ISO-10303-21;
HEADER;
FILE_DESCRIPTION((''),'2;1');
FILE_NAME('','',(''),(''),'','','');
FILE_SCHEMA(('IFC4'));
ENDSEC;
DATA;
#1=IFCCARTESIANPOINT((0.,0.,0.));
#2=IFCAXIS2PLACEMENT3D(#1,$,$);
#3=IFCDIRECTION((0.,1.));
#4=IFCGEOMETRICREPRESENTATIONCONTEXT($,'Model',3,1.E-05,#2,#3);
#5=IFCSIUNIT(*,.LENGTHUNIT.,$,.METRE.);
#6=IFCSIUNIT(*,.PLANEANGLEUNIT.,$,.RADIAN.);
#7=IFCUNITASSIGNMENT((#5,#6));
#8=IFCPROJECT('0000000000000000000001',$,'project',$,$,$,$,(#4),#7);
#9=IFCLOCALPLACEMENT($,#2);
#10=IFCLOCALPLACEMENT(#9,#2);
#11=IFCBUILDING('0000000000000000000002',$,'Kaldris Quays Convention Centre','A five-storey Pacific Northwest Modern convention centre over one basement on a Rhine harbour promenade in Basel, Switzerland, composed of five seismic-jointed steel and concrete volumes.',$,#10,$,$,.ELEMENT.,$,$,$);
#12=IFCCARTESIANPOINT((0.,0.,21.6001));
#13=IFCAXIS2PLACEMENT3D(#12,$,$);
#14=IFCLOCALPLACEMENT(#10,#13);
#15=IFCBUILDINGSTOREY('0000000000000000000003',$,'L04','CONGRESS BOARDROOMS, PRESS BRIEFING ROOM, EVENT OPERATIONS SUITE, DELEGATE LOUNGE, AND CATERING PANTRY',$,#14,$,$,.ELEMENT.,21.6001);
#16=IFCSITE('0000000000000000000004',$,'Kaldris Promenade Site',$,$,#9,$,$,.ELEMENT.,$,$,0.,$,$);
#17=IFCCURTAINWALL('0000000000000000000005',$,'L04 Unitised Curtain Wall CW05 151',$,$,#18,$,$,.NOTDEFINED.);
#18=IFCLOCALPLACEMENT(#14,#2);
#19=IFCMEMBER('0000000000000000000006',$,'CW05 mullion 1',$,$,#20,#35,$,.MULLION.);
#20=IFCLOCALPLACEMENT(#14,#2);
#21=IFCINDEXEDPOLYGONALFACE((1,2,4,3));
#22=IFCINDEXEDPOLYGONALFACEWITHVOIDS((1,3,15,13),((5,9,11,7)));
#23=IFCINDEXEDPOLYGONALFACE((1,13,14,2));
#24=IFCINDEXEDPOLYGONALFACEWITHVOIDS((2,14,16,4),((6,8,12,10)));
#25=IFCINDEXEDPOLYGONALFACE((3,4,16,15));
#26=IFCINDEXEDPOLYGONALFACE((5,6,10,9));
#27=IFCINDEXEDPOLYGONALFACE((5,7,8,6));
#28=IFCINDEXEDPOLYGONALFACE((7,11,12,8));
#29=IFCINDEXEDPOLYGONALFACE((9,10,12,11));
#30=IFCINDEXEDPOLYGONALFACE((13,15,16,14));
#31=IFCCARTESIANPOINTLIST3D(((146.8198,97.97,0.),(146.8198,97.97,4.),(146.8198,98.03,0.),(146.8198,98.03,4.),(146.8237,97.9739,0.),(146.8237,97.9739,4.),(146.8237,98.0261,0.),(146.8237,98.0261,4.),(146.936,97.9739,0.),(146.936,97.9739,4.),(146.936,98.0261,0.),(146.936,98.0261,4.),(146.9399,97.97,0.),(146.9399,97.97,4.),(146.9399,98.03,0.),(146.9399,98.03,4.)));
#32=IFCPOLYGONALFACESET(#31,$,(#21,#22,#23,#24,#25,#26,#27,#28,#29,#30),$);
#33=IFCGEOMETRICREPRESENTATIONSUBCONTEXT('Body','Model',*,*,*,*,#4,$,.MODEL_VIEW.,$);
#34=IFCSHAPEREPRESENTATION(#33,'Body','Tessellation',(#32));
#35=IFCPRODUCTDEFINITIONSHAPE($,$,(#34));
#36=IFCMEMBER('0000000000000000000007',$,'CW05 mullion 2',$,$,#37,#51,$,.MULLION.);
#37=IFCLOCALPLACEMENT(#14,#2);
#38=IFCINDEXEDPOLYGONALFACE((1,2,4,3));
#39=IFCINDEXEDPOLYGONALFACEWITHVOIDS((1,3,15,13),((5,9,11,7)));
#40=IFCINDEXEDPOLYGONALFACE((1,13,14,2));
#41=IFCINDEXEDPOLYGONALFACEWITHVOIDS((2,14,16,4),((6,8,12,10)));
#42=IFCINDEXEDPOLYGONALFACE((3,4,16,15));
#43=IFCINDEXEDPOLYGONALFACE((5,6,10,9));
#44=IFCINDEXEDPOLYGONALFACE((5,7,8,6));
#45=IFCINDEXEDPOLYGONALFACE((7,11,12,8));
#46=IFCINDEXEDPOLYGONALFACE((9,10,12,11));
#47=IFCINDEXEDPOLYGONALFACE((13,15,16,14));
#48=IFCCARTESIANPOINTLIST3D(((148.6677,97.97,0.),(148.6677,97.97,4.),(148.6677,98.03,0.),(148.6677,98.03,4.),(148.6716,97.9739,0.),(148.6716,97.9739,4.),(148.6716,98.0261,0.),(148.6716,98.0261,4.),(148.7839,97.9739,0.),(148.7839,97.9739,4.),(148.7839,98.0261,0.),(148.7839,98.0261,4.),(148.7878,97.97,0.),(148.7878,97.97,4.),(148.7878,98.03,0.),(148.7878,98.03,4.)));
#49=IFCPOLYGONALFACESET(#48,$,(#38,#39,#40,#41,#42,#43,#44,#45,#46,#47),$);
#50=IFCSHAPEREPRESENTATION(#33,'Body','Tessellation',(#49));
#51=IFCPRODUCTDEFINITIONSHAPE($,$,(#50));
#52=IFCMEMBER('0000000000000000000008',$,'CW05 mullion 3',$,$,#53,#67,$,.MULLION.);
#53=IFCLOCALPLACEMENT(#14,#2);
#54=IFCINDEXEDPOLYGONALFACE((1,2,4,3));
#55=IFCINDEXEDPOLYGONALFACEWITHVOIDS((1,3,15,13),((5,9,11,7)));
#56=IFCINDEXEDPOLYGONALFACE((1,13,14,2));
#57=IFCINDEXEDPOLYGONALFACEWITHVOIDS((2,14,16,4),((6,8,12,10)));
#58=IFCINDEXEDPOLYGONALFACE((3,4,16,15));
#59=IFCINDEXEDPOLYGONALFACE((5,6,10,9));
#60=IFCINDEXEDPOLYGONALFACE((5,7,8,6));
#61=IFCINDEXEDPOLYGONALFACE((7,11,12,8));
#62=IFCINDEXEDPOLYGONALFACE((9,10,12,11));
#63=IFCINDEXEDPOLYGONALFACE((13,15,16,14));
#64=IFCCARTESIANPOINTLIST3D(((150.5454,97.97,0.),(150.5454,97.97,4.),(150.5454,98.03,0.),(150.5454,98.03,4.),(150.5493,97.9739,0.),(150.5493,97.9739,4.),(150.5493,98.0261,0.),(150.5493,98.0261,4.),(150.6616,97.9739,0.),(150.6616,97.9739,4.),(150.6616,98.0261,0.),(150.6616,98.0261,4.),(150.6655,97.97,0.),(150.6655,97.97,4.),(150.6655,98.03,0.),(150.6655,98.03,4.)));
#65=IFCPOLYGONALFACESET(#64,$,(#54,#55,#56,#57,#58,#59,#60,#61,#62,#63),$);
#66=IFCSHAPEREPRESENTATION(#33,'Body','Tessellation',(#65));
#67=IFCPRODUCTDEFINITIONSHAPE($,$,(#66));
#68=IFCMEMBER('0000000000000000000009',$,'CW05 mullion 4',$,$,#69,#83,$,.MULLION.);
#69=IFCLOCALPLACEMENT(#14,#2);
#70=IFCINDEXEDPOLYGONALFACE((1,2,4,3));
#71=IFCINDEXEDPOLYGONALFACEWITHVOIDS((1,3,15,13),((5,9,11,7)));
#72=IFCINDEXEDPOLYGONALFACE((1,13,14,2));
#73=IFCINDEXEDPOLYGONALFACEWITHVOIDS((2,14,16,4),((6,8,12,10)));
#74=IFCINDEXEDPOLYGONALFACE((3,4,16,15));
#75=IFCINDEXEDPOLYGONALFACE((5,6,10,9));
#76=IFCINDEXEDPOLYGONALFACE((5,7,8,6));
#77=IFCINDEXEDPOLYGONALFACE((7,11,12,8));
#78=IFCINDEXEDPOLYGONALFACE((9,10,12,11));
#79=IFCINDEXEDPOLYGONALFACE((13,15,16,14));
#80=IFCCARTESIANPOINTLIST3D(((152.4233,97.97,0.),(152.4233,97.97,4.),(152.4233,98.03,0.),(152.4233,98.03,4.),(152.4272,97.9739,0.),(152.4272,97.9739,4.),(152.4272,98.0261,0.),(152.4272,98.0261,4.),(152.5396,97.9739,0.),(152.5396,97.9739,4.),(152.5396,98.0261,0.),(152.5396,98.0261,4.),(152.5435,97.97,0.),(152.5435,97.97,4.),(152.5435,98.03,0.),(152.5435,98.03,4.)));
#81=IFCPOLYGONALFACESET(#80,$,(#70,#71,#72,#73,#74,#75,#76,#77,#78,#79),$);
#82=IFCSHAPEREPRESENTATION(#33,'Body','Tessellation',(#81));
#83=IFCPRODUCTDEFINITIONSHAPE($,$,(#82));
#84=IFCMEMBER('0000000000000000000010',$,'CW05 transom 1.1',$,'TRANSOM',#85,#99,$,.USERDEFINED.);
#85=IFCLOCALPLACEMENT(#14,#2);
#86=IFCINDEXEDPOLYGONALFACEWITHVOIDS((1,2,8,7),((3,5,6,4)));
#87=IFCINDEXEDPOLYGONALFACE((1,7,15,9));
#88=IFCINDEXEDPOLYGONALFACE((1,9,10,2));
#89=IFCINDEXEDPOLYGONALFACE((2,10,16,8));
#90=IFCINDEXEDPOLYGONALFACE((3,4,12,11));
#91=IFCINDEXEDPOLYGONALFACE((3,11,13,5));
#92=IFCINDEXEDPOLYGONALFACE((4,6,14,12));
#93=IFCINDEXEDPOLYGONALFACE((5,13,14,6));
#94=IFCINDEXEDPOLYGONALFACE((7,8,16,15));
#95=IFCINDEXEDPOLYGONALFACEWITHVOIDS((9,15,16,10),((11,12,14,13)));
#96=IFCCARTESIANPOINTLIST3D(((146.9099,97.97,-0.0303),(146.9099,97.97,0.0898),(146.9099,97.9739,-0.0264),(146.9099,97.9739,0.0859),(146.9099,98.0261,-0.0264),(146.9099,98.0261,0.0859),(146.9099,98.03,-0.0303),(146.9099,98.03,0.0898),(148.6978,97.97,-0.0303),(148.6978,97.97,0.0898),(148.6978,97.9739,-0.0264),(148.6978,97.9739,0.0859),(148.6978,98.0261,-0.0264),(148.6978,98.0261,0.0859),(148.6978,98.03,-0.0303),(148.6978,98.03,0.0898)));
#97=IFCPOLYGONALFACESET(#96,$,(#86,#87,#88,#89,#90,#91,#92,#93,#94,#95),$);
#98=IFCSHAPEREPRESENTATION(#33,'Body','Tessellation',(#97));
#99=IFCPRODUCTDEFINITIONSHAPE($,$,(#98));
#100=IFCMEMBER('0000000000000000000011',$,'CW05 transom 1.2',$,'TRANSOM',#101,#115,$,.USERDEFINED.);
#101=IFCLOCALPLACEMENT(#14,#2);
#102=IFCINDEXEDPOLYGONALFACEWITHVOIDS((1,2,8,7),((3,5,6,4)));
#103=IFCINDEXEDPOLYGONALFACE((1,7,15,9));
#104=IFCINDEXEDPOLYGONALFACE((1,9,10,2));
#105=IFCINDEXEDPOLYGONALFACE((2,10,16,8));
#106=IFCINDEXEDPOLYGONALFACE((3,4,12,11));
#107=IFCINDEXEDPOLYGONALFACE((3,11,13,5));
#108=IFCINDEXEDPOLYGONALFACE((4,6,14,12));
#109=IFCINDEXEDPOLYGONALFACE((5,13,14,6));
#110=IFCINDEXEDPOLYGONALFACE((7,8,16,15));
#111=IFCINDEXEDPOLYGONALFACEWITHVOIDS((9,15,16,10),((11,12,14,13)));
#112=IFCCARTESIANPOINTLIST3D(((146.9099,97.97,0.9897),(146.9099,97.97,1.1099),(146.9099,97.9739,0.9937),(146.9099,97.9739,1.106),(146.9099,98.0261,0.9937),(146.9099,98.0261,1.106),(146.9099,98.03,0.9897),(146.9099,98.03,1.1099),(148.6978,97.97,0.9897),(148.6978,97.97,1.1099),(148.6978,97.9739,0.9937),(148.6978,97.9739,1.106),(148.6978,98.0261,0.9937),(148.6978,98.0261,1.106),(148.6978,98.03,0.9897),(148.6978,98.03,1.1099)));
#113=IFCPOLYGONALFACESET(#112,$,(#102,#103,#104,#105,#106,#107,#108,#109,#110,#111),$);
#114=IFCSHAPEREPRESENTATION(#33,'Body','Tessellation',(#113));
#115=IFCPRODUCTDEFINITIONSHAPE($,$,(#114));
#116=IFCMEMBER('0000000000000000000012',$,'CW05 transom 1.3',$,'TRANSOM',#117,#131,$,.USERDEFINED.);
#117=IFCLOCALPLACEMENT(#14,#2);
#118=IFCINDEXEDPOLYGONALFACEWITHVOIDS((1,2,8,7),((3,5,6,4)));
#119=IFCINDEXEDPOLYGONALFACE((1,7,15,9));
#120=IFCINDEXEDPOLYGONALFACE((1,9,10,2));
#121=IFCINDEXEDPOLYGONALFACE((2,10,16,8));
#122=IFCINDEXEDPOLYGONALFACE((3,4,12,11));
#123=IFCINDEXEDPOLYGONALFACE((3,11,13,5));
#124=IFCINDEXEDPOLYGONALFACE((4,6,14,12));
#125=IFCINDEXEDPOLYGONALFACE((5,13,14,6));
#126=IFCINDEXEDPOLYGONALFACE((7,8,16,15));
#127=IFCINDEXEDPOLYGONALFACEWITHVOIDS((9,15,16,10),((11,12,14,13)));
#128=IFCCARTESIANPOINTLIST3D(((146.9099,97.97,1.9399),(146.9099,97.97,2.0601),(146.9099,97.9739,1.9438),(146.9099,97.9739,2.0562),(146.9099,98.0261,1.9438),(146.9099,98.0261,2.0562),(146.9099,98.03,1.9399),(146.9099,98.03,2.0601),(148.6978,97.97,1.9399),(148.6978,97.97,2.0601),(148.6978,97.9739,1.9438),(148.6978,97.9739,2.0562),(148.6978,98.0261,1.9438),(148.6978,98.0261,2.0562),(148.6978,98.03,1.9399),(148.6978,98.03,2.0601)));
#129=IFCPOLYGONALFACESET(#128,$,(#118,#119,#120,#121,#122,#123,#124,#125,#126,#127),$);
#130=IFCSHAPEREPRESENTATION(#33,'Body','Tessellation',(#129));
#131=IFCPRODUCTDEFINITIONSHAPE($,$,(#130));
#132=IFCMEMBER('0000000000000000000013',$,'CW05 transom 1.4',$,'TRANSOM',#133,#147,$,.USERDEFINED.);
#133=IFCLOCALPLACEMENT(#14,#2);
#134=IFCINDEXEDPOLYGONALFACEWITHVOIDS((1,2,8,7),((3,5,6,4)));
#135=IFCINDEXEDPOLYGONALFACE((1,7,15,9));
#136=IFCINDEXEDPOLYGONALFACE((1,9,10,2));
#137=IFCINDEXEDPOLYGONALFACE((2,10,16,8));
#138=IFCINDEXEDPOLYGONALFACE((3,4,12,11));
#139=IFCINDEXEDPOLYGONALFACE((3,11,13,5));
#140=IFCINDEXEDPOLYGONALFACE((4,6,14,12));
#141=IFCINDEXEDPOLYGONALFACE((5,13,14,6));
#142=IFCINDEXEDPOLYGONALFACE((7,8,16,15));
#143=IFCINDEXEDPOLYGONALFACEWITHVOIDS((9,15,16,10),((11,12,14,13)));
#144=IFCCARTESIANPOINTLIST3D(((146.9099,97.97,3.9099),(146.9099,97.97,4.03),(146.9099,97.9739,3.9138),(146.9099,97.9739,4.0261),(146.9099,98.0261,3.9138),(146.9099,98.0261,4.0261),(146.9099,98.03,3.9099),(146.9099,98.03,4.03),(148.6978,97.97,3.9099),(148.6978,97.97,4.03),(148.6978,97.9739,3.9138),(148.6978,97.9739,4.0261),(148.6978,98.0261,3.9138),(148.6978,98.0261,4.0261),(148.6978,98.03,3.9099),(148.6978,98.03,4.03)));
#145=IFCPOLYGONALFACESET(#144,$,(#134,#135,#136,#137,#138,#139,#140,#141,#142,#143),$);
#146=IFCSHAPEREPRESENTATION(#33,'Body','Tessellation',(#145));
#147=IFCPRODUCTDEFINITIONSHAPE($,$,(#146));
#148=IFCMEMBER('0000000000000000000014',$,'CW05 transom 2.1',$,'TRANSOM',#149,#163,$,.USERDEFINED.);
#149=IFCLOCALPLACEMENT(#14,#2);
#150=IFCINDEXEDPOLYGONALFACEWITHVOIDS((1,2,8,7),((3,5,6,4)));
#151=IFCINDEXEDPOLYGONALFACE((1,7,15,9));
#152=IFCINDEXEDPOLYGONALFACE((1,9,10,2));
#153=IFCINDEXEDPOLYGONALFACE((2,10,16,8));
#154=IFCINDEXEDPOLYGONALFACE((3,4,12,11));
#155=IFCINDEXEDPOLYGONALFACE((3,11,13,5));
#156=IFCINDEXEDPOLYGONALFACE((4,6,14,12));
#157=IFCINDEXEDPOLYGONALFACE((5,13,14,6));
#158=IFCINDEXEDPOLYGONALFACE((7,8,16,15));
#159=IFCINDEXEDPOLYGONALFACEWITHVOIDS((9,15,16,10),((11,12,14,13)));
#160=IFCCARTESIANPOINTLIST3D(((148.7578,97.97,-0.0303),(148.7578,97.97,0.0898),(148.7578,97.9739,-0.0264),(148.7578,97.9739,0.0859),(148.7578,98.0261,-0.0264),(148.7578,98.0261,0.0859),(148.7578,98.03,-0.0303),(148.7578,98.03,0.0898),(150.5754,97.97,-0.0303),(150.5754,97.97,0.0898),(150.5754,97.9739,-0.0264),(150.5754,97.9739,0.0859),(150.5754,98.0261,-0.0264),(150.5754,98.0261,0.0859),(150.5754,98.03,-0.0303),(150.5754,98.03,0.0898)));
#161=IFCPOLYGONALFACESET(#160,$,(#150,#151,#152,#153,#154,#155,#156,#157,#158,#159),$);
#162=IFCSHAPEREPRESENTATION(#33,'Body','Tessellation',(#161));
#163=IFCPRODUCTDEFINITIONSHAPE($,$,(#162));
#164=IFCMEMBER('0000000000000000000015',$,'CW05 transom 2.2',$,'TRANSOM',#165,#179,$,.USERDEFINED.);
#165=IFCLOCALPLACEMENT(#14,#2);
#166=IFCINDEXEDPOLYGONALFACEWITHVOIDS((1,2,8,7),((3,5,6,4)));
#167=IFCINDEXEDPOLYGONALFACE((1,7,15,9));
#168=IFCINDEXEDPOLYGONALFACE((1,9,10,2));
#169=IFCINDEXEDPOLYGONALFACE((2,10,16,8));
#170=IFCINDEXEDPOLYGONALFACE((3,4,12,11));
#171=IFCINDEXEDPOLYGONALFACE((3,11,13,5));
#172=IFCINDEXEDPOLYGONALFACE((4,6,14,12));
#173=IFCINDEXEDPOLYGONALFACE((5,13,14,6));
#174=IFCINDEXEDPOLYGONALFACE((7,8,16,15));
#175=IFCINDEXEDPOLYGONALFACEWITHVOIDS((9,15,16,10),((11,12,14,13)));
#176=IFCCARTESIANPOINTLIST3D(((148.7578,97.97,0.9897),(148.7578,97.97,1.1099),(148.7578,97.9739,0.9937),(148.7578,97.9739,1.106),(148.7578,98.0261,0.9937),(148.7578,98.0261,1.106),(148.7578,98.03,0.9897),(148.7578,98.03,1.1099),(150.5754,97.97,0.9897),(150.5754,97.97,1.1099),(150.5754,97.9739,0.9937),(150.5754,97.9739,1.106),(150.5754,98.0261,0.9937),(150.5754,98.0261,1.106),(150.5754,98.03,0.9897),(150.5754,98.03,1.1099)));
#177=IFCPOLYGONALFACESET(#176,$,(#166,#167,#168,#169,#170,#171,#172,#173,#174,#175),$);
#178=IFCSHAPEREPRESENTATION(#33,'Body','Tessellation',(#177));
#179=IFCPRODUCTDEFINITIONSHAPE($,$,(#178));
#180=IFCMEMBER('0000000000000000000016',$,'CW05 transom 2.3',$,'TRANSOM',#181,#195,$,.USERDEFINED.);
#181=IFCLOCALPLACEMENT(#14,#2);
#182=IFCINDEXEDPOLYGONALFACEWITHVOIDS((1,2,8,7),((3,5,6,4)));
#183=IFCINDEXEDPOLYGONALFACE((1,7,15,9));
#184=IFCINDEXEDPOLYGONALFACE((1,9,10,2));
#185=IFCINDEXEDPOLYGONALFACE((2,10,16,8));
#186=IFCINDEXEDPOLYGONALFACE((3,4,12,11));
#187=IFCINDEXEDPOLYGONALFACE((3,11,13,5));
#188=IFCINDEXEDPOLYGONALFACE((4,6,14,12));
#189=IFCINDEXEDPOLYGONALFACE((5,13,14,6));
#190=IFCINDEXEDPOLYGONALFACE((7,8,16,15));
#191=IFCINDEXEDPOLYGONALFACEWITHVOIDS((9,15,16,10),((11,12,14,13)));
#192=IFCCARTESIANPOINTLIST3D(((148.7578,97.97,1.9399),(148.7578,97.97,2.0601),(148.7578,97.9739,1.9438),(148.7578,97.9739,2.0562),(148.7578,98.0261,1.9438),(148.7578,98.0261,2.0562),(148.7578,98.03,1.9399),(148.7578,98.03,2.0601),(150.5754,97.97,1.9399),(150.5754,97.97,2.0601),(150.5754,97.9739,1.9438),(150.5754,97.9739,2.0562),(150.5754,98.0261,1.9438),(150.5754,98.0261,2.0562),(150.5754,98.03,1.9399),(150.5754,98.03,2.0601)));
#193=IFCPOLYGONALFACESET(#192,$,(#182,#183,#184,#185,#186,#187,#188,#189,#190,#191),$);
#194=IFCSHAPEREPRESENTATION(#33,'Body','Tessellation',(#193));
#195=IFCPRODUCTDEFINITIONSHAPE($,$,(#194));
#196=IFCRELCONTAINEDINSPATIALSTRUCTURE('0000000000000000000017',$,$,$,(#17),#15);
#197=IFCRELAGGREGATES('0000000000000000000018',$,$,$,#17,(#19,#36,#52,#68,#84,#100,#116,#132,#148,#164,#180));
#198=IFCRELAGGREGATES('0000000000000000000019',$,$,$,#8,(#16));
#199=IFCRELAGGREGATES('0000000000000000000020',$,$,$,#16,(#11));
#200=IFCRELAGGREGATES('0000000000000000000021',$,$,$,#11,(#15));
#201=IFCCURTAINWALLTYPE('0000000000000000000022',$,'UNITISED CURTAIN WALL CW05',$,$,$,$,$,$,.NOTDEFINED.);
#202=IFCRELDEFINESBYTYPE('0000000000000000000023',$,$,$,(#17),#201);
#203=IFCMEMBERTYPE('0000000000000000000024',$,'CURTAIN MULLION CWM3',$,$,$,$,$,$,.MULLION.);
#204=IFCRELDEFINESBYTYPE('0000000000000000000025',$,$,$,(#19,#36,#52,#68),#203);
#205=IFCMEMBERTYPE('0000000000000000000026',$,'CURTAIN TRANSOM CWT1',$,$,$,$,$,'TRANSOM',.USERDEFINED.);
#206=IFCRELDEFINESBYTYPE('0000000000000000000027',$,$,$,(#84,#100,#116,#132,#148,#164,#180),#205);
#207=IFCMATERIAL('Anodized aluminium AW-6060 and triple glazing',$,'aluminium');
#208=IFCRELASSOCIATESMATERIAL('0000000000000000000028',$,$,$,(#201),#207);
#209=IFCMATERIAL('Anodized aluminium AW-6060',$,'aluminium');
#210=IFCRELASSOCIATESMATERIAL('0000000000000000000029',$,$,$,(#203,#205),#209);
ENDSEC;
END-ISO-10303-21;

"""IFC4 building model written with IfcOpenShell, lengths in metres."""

from ifc_helpers import new_model, si_unit, direction, frame, origin, origin_2d, place, context, subcontext, project, spatial, hollow_rectangle, extrude, material, material_profile, profile_set, type_object, element, aggregate, save


model = new_model("IFC4")

# Units and contexts
model_context = context("Model", 3, precision=1e-05, world=origin(), true_north=direction((0.0, 1.0)))
body_context = subcontext(model_context, "Body", "Model", "MODEL_VIEW")
ifc_project = project(units=[si_unit("LENGTHUNIT", "METRE"), si_unit("PLANEANGLEUNIT", "RADIAN")], contexts=[model_context])

# Site, building, storey
site_placement = place(None, origin())
site = spatial("IfcSite", under=ifc_project, at=site_placement, Name="Kaldris Promenade Site", CompositionType="ELEMENT", RefElevation=0.0)
building_placement = place(site_placement, origin())
building = spatial("IfcBuilding", under=site, at=building_placement, Name="Kaldris Quays Convention Centre", Description="A five-storey Pacific Northwest Modern convention centre over one basement on a Rhine harbour promenade in Basel, Switzerland, composed of five seismic-jointed steel and concrete volumes.", CompositionType="ELEMENT")
storey_placement = place(building_placement, frame((0.0, 0.0, 21.6001)))
storey = spatial("IfcBuildingStorey", under=building, at=storey_placement, Name="L04", Description="CONGRESS BOARDROOMS, PRESS BRIEFING ROOM, EVENT OPERATIONS SUITE, DELEGATE LOUNGE, AND CATERING PANTRY", CompositionType="ELEMENT", Elevation=21.6001)

# Curtain wall, members
ifc_material_1 = material(Name="Anodized aluminium AW-6060 and triple glazing", Category="aluminium")
curtain_wall_type = type_object("IfcCurtainWallType", Name="UNITISED CURTAIN WALL CW05", PredefinedType="NOTDEFINED", material=ifc_material_1)
curtain_wall_placement = place(storey_placement, origin())
curtain_wall = element("IfcCurtainWall", 1, at=curtain_wall_placement, inside=storey, type_object=curtain_wall_type, Name="L04 Unitised Curtain Wall CW05 151", PredefinedType="NOTDEFINED")
ifc_material_2 = material(Name="Anodized aluminium AW-6060", Category="aluminium")
ifc_material_profile_1 = material_profile(ifc_material_2, hollow_rectangle(XDim=0.0601, YDim=0.1201, WallThickness=0.0039, at=origin_2d()), Name="RHS 120x60x4")
ifc_profile_set_1 = profile_set([ifc_material_profile_1], Name="Anodized aluminium AW-6060")
member_type_1 = type_object("IfcMemberType", Name="CURTAIN MULLION CWM3", PredefinedType="MULLION", material=ifc_profile_set_1)
member_1_placement = place(storey_placement, frame((146.8799, 98.0, 0.0), z_axis=(0.0, 0.0, 1.0), x_axis=(0.0, 1.0, 0.0)))
member_1 = element("IfcMember", 2, at=member_1_placement, type_object=member_type_1, Name="CW05 mullion 1", PredefinedType="MULLION", context=body_context, shape_type="SweptSolid", body=[
    extrude(hollow_rectangle(XDim=0.0601, YDim=0.1201, WallThickness=0.0039, at=origin_2d()), origin(), (0.0, 0.0, 1.0), 4.0),
])
member_2_placement = place(storey_placement, frame((148.7278, 98.0, 0.0), z_axis=(0.0, 0.0, 1.0), x_axis=(0.0, 1.0, 0.0)))
member_2 = element("IfcMember", 3, at=member_2_placement, type_object=member_type_1, Name="CW05 mullion 2", PredefinedType="MULLION", context=body_context, shape_type="SweptSolid", body=[
    extrude(hollow_rectangle(XDim=0.0601, YDim=0.1201, WallThickness=0.0039, at=origin_2d()), origin(), (0.0, 0.0, 1.0), 4.0),
])
member_3_placement = place(storey_placement, frame((150.6055, 98.0, 0.0), z_axis=(0.0, 0.0, 1.0), x_axis=(0.0, 1.0, 0.0)))
member_3 = element("IfcMember", 4, at=member_3_placement, type_object=member_type_1, Name="CW05 mullion 3", PredefinedType="MULLION", context=body_context, shape_type="SweptSolid", body=[
    extrude(hollow_rectangle(XDim=0.0601, YDim=0.1201, WallThickness=0.0039, at=origin_2d()), origin(), (0.0, 0.0, 1.0), 4.0),
])
member_4_placement = place(storey_placement, frame((152.4834, 98.0, 0.0), z_axis=(0.0, 0.0, 1.0), x_axis=(0.0, 1.0, 0.0)))
member_4 = element("IfcMember", 5, at=member_4_placement, type_object=member_type_1, Name="CW05 mullion 4", PredefinedType="MULLION", context=body_context, shape_type="SweptSolid", body=[
    extrude(hollow_rectangle(XDim=0.0601, YDim=0.1201, WallThickness=0.0039, at=origin_2d()), origin(), (0.0, 0.0, 1.0), 4.0),
])
ifc_material_profile_2 = material_profile(ifc_material_2, hollow_rectangle(XDim=0.0601, YDim=0.1201, WallThickness=0.0039, at=origin_2d()), Name="RHS 120x60x4")
ifc_profile_set_2 = profile_set([ifc_material_profile_2], Name="Anodized aluminium AW-6060")
member_type_2 = type_object("IfcMemberType", Name="CURTAIN TRANSOM CWT1", ElementType="TRANSOM", PredefinedType="USERDEFINED", material=ifc_profile_set_2)
member_5_placement = place(storey_placement, frame((146.9099, 98.0, 0.0298), z_axis=(1.0, 0.0, 0.0), x_axis=(0.0, 1.0, 0.0)))
member_5 = element("IfcMember", 6, at=member_5_placement, type_object=member_type_2, Name="CW05 transom 1.1", ObjectType="TRANSOM", PredefinedType="USERDEFINED", context=body_context, shape_type="SweptSolid", body=[
    extrude(hollow_rectangle(XDim=0.0601, YDim=0.1201, WallThickness=0.0039, at=origin_2d()), origin(), (0.0, 0.0, 1.0), 1.7878),
])
member_6_placement = place(storey_placement, frame((146.9099, 98.0, 1.0498), z_axis=(1.0, 0.0, 0.0), x_axis=(0.0, 1.0, 0.0)))
member_6 = element("IfcMember", 7, at=member_6_placement, type_object=member_type_2, Name="CW05 transom 1.2", ObjectType="TRANSOM", PredefinedType="USERDEFINED", context=body_context, shape_type="SweptSolid", body=[
    extrude(hollow_rectangle(XDim=0.0601, YDim=0.1201, WallThickness=0.0039, at=origin_2d()), origin(), (0.0, 0.0, 1.0), 1.7878),
])
member_7_placement = place(storey_placement, frame((146.9099, 98.0, 2.0), z_axis=(1.0, 0.0, 0.0), x_axis=(0.0, 1.0, 0.0)))
member_7 = element("IfcMember", 8, at=member_7_placement, type_object=member_type_2, Name="CW05 transom 1.3", ObjectType="TRANSOM", PredefinedType="USERDEFINED", context=body_context, shape_type="SweptSolid", body=[
    extrude(hollow_rectangle(XDim=0.0601, YDim=0.1201, WallThickness=0.0039, at=origin_2d()), origin(), (0.0, 0.0, 1.0), 1.7878),
])
member_8_placement = place(storey_placement, frame((146.9099, 98.0, 3.97), z_axis=(1.0, 0.0, 0.0), x_axis=(0.0, 1.0, 0.0)))
member_8 = element("IfcMember", 9, at=member_8_placement, type_object=member_type_2, Name="CW05 transom 1.4", ObjectType="TRANSOM", PredefinedType="USERDEFINED", context=body_context, shape_type="SweptSolid", body=[
    extrude(hollow_rectangle(XDim=0.0601, YDim=0.1201, WallThickness=0.0039, at=origin_2d()), origin(), (0.0, 0.0, 1.0), 1.7878),
])
member_9_placement = place(storey_placement, frame((148.7578, 98.0, 0.0298), z_axis=(1.0, 0.0, 0.0), x_axis=(0.0, 1.0, 0.0)))
member_9 = element("IfcMember", 10, at=member_9_placement, type_object=member_type_2, Name="CW05 transom 2.1", ObjectType="TRANSOM", PredefinedType="USERDEFINED", context=body_context, shape_type="SweptSolid", body=[
    extrude(hollow_rectangle(XDim=0.0601, YDim=0.1201, WallThickness=0.0039, at=origin_2d()), origin(), (0.0, 0.0, 1.0), 1.8176),
])
member_10_placement = place(storey_placement, frame((148.7578, 98.0, 1.0498), z_axis=(1.0, 0.0, 0.0), x_axis=(0.0, 1.0, 0.0)))
member_10 = element("IfcMember", 11, at=member_10_placement, type_object=member_type_2, Name="CW05 transom 2.2", ObjectType="TRANSOM", PredefinedType="USERDEFINED", context=body_context, shape_type="SweptSolid", body=[
    extrude(hollow_rectangle(XDim=0.0601, YDim=0.1201, WallThickness=0.0039, at=origin_2d()), origin(), (0.0, 0.0, 1.0), 1.8176),
])
member_11_placement = place(storey_placement, frame((148.7578, 98.0, 2.0), z_axis=(1.0, 0.0, 0.0), x_axis=(0.0, 1.0, 0.0)))
member_11 = element("IfcMember", 12, at=member_11_placement, type_object=member_type_2, Name="CW05 transom 2.3", ObjectType="TRANSOM", PredefinedType="USERDEFINED", context=body_context, shape_type="SweptSolid", body=[
    extrude(hollow_rectangle(XDim=0.0601, YDim=0.1201, WallThickness=0.0039, at=origin_2d()), origin(), (0.0, 0.0, 1.0), 1.8176),
])

aggregate(curtain_wall, [member_1, member_2, member_3, member_4, member_5, member_6, member_7, member_8, member_9, member_10, member_11])

save(model, "model.ifc")
